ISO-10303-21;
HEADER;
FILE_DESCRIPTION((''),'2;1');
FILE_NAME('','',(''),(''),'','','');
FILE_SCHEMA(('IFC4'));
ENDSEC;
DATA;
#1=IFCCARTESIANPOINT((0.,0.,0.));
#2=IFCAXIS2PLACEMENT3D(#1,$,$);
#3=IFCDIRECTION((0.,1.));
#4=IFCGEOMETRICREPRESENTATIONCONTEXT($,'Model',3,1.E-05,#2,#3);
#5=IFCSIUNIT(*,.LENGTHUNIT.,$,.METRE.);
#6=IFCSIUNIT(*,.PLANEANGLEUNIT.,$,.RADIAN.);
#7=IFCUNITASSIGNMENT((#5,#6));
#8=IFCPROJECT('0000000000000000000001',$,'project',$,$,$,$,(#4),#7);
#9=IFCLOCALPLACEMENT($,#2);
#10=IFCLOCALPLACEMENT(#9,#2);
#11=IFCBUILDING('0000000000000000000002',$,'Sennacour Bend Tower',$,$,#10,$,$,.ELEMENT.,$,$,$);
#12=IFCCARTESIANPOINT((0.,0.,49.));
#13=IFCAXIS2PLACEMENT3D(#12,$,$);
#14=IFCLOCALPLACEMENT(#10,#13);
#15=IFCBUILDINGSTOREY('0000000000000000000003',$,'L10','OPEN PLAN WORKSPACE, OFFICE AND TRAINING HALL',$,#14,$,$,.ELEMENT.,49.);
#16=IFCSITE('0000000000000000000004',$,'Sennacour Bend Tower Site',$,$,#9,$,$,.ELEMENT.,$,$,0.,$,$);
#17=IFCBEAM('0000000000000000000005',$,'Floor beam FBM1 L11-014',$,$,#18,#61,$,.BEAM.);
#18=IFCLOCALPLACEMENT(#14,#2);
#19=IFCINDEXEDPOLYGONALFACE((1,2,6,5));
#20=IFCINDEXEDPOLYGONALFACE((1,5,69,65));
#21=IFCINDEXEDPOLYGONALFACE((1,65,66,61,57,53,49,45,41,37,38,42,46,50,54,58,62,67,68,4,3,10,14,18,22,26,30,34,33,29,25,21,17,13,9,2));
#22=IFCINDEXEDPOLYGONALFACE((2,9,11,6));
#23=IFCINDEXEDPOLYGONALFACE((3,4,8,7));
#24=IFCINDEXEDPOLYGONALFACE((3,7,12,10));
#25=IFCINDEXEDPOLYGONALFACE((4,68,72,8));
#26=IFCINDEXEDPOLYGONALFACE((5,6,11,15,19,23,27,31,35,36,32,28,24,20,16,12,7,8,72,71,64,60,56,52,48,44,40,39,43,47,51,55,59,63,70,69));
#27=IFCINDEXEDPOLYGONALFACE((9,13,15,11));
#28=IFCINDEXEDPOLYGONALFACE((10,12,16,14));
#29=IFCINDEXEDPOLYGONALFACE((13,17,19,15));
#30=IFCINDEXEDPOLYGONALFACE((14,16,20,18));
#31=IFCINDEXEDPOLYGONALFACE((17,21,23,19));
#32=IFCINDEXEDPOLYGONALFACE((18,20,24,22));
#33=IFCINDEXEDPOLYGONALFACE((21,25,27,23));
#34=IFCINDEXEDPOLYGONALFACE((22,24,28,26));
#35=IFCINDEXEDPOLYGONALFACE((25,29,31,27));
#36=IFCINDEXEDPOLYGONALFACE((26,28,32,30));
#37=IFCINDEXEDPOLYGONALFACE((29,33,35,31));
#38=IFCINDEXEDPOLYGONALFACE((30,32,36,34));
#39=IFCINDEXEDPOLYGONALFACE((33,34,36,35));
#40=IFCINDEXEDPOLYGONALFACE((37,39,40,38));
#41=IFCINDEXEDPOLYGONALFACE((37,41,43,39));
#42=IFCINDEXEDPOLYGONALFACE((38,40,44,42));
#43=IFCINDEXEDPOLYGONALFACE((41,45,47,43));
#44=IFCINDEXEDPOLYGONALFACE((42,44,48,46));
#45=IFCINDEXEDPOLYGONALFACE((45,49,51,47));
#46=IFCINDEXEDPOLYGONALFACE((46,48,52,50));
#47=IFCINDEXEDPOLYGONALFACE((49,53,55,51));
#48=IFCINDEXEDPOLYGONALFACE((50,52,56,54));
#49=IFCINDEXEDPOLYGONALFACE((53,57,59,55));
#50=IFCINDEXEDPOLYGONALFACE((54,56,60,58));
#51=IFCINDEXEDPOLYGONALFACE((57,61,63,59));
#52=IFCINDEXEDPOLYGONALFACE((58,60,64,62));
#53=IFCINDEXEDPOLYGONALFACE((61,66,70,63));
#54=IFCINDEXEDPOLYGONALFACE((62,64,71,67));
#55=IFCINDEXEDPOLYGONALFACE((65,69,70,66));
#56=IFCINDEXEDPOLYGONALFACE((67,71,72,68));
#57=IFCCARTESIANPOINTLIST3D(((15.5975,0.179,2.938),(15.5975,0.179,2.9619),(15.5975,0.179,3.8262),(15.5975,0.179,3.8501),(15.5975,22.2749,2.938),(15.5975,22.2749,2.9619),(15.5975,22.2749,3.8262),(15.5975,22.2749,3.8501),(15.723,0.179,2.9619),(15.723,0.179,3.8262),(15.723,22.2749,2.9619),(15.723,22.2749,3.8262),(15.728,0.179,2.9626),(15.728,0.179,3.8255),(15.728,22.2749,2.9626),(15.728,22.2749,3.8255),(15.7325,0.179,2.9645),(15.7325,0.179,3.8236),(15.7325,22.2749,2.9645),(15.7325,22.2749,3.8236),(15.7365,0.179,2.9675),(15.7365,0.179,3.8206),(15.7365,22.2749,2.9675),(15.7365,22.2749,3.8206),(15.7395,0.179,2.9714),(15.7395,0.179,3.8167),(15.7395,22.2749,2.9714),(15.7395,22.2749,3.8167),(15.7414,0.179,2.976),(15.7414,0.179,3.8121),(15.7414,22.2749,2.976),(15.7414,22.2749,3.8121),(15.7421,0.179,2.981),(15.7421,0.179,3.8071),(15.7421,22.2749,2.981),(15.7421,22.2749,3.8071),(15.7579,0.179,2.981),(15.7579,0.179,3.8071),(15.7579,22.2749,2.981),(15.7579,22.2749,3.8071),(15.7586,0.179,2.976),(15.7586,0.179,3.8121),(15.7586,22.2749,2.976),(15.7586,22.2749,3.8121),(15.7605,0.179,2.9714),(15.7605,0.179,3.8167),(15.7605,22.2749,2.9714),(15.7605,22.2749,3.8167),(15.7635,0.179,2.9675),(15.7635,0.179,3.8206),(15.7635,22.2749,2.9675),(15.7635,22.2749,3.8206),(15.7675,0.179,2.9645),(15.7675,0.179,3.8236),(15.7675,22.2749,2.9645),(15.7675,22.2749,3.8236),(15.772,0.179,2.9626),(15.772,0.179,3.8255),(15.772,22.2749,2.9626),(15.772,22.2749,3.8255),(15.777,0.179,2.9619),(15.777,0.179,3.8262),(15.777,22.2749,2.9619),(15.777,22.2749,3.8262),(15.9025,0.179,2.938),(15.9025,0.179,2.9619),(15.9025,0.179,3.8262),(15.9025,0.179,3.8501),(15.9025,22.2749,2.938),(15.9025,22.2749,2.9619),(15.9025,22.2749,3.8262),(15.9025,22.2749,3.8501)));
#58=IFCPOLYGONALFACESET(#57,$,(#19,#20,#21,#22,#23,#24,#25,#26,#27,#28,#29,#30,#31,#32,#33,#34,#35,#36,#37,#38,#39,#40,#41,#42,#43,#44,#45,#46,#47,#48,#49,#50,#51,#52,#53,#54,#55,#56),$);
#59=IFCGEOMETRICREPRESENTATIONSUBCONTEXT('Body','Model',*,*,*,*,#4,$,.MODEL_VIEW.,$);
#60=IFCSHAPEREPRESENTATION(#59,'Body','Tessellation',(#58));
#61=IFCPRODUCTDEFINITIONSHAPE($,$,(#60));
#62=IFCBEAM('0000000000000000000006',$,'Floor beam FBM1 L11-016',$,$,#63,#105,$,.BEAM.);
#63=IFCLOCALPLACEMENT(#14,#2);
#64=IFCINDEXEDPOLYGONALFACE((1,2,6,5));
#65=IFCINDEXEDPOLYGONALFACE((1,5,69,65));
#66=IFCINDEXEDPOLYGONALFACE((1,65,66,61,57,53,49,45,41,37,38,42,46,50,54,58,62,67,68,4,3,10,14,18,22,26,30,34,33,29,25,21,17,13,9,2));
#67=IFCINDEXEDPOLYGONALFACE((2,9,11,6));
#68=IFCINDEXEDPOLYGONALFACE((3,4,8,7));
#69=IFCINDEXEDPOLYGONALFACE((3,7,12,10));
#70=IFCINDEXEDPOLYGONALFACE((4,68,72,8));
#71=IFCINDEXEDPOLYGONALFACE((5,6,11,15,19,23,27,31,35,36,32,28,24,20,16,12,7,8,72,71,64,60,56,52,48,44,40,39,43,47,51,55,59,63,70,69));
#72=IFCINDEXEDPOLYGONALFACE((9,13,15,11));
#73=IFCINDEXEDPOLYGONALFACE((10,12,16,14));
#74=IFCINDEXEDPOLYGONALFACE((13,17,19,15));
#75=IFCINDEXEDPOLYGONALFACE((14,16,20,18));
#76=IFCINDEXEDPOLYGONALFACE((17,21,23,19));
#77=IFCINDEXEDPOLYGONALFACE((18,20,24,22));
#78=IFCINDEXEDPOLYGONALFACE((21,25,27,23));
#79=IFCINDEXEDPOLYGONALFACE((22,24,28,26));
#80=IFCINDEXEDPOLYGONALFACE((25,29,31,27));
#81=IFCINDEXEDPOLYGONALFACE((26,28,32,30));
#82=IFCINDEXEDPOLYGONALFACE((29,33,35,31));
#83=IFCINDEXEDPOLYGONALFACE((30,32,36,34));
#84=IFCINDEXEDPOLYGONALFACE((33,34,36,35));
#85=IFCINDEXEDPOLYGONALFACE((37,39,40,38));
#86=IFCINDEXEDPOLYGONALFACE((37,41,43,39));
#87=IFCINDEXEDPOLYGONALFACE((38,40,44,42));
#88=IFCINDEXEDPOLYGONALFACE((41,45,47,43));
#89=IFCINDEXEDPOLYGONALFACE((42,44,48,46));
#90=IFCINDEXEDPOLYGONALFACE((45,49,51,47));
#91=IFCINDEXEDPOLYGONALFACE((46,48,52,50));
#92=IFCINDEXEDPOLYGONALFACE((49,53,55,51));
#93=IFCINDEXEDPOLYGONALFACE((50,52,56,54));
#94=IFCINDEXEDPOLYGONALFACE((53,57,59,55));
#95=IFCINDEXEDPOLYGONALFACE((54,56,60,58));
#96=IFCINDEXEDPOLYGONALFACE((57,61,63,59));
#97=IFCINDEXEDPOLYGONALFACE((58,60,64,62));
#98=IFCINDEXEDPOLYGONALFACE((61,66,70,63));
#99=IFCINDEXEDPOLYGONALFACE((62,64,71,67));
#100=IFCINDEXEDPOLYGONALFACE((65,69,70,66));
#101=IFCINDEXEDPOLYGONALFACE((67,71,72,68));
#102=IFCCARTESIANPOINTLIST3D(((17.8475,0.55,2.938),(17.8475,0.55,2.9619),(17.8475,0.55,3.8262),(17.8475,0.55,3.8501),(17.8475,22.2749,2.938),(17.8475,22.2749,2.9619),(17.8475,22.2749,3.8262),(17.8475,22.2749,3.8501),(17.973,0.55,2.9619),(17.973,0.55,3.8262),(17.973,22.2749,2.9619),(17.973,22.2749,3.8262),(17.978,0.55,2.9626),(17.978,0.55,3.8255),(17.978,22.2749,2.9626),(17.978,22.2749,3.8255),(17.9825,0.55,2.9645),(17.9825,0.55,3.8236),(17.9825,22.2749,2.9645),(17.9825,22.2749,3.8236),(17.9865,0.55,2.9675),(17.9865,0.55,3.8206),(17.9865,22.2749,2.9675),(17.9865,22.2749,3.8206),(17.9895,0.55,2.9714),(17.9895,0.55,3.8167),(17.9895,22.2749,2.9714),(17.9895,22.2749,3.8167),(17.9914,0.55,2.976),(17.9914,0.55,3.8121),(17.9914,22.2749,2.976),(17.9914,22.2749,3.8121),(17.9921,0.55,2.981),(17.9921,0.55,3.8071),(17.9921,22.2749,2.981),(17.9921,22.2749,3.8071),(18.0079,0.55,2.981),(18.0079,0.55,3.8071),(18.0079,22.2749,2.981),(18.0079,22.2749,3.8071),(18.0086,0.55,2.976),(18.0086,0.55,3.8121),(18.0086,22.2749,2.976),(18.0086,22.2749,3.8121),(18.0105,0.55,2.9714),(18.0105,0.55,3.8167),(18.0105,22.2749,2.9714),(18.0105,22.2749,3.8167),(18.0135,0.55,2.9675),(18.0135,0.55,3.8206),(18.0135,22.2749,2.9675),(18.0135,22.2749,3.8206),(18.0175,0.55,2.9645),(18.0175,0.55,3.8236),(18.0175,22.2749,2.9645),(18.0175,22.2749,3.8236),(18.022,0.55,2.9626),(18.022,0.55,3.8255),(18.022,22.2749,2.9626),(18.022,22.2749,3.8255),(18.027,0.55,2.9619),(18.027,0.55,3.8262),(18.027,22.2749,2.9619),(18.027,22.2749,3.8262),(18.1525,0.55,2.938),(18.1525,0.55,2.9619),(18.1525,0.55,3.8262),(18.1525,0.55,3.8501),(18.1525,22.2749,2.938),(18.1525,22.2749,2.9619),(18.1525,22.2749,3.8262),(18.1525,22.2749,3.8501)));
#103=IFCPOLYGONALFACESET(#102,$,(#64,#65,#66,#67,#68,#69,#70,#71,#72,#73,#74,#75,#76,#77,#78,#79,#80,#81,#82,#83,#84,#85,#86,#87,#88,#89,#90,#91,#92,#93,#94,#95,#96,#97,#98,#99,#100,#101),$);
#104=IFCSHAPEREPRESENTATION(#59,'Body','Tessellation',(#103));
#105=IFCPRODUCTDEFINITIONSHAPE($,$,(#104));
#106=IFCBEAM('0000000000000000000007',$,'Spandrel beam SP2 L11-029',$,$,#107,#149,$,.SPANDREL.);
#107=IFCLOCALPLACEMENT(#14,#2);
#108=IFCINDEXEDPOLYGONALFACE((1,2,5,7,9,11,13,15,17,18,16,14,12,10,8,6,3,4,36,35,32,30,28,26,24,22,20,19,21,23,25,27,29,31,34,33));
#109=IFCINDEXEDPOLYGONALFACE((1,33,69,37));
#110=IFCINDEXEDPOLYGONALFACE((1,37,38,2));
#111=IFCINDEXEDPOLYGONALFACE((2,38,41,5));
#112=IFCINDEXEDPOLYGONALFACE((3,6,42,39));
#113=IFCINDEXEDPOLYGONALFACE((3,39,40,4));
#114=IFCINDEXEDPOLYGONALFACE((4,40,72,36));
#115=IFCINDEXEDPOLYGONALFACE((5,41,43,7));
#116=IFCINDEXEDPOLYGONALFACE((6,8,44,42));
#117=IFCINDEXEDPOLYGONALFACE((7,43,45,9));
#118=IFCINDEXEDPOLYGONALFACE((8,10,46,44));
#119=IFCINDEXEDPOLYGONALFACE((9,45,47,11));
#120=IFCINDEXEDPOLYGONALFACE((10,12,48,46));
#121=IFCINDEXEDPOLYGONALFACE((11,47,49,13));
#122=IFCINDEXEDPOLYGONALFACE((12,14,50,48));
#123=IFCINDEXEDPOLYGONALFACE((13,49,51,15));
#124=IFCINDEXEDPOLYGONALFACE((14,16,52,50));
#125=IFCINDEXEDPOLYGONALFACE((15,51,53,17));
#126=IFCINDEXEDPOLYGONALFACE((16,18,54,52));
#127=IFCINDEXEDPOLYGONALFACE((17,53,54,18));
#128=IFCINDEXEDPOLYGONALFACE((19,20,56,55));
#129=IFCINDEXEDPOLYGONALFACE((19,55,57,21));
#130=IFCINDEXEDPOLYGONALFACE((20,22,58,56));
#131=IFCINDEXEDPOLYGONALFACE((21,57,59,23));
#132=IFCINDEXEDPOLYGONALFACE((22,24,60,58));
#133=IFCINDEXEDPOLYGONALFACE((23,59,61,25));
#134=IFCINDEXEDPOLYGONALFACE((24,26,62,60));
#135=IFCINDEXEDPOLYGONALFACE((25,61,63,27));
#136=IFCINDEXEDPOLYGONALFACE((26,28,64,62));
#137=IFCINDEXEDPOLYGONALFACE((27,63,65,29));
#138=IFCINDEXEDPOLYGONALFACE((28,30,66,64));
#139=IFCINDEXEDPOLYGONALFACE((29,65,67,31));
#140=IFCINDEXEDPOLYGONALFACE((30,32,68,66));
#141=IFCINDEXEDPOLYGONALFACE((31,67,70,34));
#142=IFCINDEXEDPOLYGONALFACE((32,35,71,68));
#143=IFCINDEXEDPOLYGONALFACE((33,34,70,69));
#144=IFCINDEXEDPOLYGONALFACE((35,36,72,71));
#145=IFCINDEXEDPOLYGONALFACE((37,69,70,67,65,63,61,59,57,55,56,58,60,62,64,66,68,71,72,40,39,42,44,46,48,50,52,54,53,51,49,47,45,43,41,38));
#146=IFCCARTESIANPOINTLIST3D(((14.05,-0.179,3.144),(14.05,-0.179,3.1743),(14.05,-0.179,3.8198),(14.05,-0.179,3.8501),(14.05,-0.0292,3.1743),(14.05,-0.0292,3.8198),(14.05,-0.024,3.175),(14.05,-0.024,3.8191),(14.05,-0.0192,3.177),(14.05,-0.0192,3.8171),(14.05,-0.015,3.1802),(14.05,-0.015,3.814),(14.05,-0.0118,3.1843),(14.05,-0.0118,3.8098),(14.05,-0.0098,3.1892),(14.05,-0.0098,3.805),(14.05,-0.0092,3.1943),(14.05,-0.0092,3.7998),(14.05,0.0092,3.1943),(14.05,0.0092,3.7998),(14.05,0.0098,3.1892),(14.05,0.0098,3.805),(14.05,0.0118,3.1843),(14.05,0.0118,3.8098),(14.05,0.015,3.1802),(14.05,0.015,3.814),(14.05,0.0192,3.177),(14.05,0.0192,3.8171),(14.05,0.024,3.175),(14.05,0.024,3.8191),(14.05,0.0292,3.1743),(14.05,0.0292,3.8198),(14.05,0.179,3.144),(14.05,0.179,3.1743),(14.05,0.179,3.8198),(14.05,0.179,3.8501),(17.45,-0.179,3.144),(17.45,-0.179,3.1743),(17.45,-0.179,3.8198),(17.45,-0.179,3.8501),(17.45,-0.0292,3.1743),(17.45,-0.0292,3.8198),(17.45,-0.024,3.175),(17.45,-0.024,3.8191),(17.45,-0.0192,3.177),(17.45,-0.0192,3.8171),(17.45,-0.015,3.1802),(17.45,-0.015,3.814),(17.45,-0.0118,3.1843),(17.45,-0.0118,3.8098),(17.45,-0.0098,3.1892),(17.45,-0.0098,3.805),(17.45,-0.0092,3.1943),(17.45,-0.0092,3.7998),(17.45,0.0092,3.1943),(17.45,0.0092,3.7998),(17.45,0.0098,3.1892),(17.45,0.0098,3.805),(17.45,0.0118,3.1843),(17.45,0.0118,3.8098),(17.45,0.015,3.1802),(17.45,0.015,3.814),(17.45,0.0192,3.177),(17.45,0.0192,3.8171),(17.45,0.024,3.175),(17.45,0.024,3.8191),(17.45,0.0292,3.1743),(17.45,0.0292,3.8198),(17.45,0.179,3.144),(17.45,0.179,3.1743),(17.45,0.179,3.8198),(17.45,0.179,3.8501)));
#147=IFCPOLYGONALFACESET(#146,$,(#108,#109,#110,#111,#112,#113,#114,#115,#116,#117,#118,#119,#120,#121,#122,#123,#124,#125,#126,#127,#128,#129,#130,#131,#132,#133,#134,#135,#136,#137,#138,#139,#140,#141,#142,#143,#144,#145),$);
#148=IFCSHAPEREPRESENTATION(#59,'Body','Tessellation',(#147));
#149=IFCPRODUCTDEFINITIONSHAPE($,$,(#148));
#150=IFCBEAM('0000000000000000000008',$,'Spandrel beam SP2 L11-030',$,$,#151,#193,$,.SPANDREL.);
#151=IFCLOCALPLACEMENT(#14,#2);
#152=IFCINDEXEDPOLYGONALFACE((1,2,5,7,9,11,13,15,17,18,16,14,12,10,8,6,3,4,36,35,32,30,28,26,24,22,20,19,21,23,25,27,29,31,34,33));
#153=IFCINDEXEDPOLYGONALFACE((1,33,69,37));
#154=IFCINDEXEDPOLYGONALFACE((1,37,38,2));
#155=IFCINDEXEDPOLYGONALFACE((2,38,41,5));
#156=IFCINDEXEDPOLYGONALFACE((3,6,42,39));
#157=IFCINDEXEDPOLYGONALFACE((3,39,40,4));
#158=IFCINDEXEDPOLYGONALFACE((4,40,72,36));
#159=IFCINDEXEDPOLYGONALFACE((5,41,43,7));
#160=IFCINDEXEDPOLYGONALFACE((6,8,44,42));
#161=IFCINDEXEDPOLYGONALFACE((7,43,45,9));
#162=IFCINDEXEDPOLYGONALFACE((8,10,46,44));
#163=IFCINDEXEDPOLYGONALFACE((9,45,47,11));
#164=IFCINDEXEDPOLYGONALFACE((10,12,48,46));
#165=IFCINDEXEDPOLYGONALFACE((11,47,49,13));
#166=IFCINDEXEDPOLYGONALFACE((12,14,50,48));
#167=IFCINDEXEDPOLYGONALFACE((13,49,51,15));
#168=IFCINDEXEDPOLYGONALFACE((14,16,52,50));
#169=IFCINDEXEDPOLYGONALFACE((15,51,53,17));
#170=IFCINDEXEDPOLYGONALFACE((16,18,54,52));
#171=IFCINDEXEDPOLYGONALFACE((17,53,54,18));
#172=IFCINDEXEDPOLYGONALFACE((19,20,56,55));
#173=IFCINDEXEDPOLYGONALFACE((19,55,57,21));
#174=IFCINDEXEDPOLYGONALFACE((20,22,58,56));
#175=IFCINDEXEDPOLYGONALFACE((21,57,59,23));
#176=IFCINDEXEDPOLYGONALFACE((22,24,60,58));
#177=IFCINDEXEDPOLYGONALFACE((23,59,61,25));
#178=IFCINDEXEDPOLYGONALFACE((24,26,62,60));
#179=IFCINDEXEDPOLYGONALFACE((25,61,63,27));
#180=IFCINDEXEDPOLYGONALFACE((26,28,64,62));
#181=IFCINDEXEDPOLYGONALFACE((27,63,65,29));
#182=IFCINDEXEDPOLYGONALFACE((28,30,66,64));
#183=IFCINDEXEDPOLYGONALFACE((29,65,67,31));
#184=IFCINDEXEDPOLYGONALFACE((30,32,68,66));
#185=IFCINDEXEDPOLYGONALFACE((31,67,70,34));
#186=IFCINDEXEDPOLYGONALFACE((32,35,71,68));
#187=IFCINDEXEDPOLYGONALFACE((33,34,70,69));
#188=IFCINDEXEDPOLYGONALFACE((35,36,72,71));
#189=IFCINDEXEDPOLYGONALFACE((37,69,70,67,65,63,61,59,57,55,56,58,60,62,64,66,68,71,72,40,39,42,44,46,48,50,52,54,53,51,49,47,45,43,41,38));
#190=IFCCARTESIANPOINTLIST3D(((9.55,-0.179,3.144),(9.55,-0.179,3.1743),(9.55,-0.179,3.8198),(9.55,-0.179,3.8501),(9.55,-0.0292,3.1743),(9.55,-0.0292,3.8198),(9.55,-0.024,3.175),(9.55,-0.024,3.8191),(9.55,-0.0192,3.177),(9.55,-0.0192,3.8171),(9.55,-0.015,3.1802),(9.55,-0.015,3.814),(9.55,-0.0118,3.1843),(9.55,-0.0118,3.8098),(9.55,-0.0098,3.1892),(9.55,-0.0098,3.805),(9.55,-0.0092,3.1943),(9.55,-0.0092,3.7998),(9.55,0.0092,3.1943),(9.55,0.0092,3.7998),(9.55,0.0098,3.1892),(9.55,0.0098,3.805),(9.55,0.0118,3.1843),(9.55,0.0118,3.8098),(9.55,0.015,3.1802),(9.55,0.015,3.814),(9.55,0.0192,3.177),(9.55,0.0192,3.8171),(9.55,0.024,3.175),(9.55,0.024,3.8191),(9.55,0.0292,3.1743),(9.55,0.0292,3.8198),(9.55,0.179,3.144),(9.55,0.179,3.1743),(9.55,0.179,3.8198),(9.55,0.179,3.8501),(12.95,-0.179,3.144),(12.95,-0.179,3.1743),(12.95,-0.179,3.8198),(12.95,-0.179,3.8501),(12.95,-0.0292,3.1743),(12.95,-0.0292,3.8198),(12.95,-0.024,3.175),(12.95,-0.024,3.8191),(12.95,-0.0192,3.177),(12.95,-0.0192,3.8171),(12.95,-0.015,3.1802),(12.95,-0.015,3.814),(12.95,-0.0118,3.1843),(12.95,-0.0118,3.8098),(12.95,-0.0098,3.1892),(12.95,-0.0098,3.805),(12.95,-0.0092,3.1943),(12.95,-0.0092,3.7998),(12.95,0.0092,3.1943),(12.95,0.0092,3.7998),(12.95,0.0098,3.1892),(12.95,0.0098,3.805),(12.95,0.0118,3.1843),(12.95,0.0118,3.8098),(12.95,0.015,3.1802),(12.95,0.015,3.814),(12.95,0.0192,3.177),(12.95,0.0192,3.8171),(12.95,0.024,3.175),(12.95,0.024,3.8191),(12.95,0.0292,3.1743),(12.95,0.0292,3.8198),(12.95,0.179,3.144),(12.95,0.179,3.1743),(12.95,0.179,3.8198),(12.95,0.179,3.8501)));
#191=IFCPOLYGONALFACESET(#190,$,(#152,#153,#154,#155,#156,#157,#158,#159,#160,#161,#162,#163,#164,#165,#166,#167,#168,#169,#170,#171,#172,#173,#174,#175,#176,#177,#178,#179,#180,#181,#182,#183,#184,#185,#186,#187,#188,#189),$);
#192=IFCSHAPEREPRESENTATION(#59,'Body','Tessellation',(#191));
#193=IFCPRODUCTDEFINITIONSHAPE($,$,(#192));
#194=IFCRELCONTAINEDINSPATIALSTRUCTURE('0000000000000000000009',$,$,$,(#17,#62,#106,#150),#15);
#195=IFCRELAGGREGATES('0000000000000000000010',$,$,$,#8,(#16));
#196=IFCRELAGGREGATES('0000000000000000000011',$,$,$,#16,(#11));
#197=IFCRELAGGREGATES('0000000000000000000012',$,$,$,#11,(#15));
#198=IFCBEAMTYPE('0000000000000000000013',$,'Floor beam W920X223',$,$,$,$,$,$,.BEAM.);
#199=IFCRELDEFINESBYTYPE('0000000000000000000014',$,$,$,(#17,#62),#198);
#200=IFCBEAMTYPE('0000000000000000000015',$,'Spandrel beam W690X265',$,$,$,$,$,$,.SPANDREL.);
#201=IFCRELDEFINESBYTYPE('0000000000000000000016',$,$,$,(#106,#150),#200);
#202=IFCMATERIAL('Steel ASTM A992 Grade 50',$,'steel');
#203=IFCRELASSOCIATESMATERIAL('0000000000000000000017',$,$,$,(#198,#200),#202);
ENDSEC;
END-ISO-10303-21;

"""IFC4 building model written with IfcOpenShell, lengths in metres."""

from ifc_helpers import new_model, si_unit, direction, frame, origin, origin_2d, place, context, subcontext, project, spatial, i_section, extrude, material, material_profile, profile_set, type_object, element, save


model = new_model("IFC4")

# Units and contexts
model_context = context("Model", 3, precision=1e-05, world=origin(), true_north=direction((0.0, 1.0)))
body_context = subcontext(model_context, "Body", "Model", "MODEL_VIEW")
ifc_project = project(units=[si_unit("LENGTHUNIT", "METRE"), si_unit("PLANEANGLEUNIT", "RADIAN")], contexts=[model_context])

# Site, building, storey
site_placement = place(None, origin())
site = spatial("IfcSite", under=ifc_project, at=site_placement, Name="Sennacour Bend Tower Site", CompositionType="ELEMENT", RefElevation=0.0)
building_placement = place(site_placement, origin())
building = spatial("IfcBuilding", under=site, at=building_placement, Name="Sennacour Bend Tower", CompositionType="ELEMENT")
storey_placement = place(building_placement, frame((0.0, 0.0, 49.0)))
storey = spatial("IfcBuildingStorey", under=building, at=storey_placement, Name="L10", Description="OPEN PLAN WORKSPACE, OFFICE AND TRAINING HALL", CompositionType="ELEMENT", Elevation=49.0)

# Beams
ifc_material_1 = material(Name="Steel ASTM A992 Grade 50", Category="steel")
ifc_material_profile_1 = material_profile(ifc_material_1, i_section(OverallWidth=0.3049, OverallDepth=0.9121, WebThickness=0.0159, FlangeThickness=0.0239, FilletRadius=0.019, at=origin_2d()), Name="Steel ASTM A992 Grade 50", Category="steel")
ifc_profile_set_1 = profile_set([ifc_material_profile_1], Name="Steel ASTM A992 Grade 50")
beam_type_1 = type_object("IfcBeamType", Name="Floor beam W920X223", PredefinedType="BEAM", material=ifc_profile_set_1)
beam_1_placement = place(storey_placement, frame((15.75, 0.179, 3.394), z_axis=(0.0, 1.0, 0.0), x_axis=(-1.0, 0.0, 0.0)))
element("IfcBeam", 1, at=beam_1_placement, inside=storey, type_object=beam_type_1, Name="Floor beam FBM1 L11-014", PredefinedType="BEAM", context=body_context, shape_type="SweptSolid", body=[
    extrude(i_section(OverallWidth=0.3049, OverallDepth=0.9121, WebThickness=0.0159, FlangeThickness=0.0239, FilletRadius=0.019, at=origin_2d()), origin(), (0.0, 0.0, 1.0), 22.0959),
])
beam_2_placement = place(storey_placement, frame((18.0, 0.55, 3.394), z_axis=(0.0, 1.0, 0.0), x_axis=(-1.0, 0.0, 0.0)))
element("IfcBeam", 2, at=beam_2_placement, inside=storey, type_object=beam_type_1, Name="Floor beam FBM1 L11-016", PredefinedType="BEAM", context=body_context, shape_type="SweptSolid", body=[
    extrude(i_section(OverallWidth=0.3049, OverallDepth=0.9121, WebThickness=0.0159, FlangeThickness=0.0239, FilletRadius=0.019, at=origin_2d()), origin(), (0.0, 0.0, 1.0), 21.7249),
])
ifc_material_profile_2 = material_profile(ifc_material_1, i_section(OverallWidth=0.3579, OverallDepth=0.7061, WebThickness=0.0183, FlangeThickness=0.0303, FilletRadius=0.02, at=origin_2d()), Name="Steel ASTM A992 Grade 50", Category="steel")
ifc_profile_set_2 = profile_set([ifc_material_profile_2], Name="Steel ASTM A992 Grade 50")
beam_type_2 = type_object("IfcBeamType", Name="Spandrel beam W690X265", PredefinedType="SPANDREL", material=ifc_profile_set_2)
for number, where, z_axis, x_axis, name in (
    (3, (17.45, 0.0, 3.4971), (-1.0, 0.0, 0.0), (0.0, -1.0, 0.0), "Spandrel beam SP2 L11-029"),
    (4, (12.95, 0.0, 3.4971), (-1.0, 0.0, 0.0), (0.0, -1.0, 0.0), "Spandrel beam SP2 L11-030"),
):
    element("IfcBeam", number, at=place(storey_placement, frame(where, z_axis=z_axis, x_axis=x_axis)), inside=storey, type_object=beam_type_2, Name=name, PredefinedType="SPANDREL", context=body_context, shape_type="SweptSolid", body=[
        extrude(i_section(OverallWidth=0.3579, OverallDepth=0.7061, WebThickness=0.0183, FlangeThickness=0.0303, FilletRadius=0.02, at=origin_2d()), origin(), (0.0, 0.0, 1.0), 3.3999),
    ])

save(model, "model.ifc")
